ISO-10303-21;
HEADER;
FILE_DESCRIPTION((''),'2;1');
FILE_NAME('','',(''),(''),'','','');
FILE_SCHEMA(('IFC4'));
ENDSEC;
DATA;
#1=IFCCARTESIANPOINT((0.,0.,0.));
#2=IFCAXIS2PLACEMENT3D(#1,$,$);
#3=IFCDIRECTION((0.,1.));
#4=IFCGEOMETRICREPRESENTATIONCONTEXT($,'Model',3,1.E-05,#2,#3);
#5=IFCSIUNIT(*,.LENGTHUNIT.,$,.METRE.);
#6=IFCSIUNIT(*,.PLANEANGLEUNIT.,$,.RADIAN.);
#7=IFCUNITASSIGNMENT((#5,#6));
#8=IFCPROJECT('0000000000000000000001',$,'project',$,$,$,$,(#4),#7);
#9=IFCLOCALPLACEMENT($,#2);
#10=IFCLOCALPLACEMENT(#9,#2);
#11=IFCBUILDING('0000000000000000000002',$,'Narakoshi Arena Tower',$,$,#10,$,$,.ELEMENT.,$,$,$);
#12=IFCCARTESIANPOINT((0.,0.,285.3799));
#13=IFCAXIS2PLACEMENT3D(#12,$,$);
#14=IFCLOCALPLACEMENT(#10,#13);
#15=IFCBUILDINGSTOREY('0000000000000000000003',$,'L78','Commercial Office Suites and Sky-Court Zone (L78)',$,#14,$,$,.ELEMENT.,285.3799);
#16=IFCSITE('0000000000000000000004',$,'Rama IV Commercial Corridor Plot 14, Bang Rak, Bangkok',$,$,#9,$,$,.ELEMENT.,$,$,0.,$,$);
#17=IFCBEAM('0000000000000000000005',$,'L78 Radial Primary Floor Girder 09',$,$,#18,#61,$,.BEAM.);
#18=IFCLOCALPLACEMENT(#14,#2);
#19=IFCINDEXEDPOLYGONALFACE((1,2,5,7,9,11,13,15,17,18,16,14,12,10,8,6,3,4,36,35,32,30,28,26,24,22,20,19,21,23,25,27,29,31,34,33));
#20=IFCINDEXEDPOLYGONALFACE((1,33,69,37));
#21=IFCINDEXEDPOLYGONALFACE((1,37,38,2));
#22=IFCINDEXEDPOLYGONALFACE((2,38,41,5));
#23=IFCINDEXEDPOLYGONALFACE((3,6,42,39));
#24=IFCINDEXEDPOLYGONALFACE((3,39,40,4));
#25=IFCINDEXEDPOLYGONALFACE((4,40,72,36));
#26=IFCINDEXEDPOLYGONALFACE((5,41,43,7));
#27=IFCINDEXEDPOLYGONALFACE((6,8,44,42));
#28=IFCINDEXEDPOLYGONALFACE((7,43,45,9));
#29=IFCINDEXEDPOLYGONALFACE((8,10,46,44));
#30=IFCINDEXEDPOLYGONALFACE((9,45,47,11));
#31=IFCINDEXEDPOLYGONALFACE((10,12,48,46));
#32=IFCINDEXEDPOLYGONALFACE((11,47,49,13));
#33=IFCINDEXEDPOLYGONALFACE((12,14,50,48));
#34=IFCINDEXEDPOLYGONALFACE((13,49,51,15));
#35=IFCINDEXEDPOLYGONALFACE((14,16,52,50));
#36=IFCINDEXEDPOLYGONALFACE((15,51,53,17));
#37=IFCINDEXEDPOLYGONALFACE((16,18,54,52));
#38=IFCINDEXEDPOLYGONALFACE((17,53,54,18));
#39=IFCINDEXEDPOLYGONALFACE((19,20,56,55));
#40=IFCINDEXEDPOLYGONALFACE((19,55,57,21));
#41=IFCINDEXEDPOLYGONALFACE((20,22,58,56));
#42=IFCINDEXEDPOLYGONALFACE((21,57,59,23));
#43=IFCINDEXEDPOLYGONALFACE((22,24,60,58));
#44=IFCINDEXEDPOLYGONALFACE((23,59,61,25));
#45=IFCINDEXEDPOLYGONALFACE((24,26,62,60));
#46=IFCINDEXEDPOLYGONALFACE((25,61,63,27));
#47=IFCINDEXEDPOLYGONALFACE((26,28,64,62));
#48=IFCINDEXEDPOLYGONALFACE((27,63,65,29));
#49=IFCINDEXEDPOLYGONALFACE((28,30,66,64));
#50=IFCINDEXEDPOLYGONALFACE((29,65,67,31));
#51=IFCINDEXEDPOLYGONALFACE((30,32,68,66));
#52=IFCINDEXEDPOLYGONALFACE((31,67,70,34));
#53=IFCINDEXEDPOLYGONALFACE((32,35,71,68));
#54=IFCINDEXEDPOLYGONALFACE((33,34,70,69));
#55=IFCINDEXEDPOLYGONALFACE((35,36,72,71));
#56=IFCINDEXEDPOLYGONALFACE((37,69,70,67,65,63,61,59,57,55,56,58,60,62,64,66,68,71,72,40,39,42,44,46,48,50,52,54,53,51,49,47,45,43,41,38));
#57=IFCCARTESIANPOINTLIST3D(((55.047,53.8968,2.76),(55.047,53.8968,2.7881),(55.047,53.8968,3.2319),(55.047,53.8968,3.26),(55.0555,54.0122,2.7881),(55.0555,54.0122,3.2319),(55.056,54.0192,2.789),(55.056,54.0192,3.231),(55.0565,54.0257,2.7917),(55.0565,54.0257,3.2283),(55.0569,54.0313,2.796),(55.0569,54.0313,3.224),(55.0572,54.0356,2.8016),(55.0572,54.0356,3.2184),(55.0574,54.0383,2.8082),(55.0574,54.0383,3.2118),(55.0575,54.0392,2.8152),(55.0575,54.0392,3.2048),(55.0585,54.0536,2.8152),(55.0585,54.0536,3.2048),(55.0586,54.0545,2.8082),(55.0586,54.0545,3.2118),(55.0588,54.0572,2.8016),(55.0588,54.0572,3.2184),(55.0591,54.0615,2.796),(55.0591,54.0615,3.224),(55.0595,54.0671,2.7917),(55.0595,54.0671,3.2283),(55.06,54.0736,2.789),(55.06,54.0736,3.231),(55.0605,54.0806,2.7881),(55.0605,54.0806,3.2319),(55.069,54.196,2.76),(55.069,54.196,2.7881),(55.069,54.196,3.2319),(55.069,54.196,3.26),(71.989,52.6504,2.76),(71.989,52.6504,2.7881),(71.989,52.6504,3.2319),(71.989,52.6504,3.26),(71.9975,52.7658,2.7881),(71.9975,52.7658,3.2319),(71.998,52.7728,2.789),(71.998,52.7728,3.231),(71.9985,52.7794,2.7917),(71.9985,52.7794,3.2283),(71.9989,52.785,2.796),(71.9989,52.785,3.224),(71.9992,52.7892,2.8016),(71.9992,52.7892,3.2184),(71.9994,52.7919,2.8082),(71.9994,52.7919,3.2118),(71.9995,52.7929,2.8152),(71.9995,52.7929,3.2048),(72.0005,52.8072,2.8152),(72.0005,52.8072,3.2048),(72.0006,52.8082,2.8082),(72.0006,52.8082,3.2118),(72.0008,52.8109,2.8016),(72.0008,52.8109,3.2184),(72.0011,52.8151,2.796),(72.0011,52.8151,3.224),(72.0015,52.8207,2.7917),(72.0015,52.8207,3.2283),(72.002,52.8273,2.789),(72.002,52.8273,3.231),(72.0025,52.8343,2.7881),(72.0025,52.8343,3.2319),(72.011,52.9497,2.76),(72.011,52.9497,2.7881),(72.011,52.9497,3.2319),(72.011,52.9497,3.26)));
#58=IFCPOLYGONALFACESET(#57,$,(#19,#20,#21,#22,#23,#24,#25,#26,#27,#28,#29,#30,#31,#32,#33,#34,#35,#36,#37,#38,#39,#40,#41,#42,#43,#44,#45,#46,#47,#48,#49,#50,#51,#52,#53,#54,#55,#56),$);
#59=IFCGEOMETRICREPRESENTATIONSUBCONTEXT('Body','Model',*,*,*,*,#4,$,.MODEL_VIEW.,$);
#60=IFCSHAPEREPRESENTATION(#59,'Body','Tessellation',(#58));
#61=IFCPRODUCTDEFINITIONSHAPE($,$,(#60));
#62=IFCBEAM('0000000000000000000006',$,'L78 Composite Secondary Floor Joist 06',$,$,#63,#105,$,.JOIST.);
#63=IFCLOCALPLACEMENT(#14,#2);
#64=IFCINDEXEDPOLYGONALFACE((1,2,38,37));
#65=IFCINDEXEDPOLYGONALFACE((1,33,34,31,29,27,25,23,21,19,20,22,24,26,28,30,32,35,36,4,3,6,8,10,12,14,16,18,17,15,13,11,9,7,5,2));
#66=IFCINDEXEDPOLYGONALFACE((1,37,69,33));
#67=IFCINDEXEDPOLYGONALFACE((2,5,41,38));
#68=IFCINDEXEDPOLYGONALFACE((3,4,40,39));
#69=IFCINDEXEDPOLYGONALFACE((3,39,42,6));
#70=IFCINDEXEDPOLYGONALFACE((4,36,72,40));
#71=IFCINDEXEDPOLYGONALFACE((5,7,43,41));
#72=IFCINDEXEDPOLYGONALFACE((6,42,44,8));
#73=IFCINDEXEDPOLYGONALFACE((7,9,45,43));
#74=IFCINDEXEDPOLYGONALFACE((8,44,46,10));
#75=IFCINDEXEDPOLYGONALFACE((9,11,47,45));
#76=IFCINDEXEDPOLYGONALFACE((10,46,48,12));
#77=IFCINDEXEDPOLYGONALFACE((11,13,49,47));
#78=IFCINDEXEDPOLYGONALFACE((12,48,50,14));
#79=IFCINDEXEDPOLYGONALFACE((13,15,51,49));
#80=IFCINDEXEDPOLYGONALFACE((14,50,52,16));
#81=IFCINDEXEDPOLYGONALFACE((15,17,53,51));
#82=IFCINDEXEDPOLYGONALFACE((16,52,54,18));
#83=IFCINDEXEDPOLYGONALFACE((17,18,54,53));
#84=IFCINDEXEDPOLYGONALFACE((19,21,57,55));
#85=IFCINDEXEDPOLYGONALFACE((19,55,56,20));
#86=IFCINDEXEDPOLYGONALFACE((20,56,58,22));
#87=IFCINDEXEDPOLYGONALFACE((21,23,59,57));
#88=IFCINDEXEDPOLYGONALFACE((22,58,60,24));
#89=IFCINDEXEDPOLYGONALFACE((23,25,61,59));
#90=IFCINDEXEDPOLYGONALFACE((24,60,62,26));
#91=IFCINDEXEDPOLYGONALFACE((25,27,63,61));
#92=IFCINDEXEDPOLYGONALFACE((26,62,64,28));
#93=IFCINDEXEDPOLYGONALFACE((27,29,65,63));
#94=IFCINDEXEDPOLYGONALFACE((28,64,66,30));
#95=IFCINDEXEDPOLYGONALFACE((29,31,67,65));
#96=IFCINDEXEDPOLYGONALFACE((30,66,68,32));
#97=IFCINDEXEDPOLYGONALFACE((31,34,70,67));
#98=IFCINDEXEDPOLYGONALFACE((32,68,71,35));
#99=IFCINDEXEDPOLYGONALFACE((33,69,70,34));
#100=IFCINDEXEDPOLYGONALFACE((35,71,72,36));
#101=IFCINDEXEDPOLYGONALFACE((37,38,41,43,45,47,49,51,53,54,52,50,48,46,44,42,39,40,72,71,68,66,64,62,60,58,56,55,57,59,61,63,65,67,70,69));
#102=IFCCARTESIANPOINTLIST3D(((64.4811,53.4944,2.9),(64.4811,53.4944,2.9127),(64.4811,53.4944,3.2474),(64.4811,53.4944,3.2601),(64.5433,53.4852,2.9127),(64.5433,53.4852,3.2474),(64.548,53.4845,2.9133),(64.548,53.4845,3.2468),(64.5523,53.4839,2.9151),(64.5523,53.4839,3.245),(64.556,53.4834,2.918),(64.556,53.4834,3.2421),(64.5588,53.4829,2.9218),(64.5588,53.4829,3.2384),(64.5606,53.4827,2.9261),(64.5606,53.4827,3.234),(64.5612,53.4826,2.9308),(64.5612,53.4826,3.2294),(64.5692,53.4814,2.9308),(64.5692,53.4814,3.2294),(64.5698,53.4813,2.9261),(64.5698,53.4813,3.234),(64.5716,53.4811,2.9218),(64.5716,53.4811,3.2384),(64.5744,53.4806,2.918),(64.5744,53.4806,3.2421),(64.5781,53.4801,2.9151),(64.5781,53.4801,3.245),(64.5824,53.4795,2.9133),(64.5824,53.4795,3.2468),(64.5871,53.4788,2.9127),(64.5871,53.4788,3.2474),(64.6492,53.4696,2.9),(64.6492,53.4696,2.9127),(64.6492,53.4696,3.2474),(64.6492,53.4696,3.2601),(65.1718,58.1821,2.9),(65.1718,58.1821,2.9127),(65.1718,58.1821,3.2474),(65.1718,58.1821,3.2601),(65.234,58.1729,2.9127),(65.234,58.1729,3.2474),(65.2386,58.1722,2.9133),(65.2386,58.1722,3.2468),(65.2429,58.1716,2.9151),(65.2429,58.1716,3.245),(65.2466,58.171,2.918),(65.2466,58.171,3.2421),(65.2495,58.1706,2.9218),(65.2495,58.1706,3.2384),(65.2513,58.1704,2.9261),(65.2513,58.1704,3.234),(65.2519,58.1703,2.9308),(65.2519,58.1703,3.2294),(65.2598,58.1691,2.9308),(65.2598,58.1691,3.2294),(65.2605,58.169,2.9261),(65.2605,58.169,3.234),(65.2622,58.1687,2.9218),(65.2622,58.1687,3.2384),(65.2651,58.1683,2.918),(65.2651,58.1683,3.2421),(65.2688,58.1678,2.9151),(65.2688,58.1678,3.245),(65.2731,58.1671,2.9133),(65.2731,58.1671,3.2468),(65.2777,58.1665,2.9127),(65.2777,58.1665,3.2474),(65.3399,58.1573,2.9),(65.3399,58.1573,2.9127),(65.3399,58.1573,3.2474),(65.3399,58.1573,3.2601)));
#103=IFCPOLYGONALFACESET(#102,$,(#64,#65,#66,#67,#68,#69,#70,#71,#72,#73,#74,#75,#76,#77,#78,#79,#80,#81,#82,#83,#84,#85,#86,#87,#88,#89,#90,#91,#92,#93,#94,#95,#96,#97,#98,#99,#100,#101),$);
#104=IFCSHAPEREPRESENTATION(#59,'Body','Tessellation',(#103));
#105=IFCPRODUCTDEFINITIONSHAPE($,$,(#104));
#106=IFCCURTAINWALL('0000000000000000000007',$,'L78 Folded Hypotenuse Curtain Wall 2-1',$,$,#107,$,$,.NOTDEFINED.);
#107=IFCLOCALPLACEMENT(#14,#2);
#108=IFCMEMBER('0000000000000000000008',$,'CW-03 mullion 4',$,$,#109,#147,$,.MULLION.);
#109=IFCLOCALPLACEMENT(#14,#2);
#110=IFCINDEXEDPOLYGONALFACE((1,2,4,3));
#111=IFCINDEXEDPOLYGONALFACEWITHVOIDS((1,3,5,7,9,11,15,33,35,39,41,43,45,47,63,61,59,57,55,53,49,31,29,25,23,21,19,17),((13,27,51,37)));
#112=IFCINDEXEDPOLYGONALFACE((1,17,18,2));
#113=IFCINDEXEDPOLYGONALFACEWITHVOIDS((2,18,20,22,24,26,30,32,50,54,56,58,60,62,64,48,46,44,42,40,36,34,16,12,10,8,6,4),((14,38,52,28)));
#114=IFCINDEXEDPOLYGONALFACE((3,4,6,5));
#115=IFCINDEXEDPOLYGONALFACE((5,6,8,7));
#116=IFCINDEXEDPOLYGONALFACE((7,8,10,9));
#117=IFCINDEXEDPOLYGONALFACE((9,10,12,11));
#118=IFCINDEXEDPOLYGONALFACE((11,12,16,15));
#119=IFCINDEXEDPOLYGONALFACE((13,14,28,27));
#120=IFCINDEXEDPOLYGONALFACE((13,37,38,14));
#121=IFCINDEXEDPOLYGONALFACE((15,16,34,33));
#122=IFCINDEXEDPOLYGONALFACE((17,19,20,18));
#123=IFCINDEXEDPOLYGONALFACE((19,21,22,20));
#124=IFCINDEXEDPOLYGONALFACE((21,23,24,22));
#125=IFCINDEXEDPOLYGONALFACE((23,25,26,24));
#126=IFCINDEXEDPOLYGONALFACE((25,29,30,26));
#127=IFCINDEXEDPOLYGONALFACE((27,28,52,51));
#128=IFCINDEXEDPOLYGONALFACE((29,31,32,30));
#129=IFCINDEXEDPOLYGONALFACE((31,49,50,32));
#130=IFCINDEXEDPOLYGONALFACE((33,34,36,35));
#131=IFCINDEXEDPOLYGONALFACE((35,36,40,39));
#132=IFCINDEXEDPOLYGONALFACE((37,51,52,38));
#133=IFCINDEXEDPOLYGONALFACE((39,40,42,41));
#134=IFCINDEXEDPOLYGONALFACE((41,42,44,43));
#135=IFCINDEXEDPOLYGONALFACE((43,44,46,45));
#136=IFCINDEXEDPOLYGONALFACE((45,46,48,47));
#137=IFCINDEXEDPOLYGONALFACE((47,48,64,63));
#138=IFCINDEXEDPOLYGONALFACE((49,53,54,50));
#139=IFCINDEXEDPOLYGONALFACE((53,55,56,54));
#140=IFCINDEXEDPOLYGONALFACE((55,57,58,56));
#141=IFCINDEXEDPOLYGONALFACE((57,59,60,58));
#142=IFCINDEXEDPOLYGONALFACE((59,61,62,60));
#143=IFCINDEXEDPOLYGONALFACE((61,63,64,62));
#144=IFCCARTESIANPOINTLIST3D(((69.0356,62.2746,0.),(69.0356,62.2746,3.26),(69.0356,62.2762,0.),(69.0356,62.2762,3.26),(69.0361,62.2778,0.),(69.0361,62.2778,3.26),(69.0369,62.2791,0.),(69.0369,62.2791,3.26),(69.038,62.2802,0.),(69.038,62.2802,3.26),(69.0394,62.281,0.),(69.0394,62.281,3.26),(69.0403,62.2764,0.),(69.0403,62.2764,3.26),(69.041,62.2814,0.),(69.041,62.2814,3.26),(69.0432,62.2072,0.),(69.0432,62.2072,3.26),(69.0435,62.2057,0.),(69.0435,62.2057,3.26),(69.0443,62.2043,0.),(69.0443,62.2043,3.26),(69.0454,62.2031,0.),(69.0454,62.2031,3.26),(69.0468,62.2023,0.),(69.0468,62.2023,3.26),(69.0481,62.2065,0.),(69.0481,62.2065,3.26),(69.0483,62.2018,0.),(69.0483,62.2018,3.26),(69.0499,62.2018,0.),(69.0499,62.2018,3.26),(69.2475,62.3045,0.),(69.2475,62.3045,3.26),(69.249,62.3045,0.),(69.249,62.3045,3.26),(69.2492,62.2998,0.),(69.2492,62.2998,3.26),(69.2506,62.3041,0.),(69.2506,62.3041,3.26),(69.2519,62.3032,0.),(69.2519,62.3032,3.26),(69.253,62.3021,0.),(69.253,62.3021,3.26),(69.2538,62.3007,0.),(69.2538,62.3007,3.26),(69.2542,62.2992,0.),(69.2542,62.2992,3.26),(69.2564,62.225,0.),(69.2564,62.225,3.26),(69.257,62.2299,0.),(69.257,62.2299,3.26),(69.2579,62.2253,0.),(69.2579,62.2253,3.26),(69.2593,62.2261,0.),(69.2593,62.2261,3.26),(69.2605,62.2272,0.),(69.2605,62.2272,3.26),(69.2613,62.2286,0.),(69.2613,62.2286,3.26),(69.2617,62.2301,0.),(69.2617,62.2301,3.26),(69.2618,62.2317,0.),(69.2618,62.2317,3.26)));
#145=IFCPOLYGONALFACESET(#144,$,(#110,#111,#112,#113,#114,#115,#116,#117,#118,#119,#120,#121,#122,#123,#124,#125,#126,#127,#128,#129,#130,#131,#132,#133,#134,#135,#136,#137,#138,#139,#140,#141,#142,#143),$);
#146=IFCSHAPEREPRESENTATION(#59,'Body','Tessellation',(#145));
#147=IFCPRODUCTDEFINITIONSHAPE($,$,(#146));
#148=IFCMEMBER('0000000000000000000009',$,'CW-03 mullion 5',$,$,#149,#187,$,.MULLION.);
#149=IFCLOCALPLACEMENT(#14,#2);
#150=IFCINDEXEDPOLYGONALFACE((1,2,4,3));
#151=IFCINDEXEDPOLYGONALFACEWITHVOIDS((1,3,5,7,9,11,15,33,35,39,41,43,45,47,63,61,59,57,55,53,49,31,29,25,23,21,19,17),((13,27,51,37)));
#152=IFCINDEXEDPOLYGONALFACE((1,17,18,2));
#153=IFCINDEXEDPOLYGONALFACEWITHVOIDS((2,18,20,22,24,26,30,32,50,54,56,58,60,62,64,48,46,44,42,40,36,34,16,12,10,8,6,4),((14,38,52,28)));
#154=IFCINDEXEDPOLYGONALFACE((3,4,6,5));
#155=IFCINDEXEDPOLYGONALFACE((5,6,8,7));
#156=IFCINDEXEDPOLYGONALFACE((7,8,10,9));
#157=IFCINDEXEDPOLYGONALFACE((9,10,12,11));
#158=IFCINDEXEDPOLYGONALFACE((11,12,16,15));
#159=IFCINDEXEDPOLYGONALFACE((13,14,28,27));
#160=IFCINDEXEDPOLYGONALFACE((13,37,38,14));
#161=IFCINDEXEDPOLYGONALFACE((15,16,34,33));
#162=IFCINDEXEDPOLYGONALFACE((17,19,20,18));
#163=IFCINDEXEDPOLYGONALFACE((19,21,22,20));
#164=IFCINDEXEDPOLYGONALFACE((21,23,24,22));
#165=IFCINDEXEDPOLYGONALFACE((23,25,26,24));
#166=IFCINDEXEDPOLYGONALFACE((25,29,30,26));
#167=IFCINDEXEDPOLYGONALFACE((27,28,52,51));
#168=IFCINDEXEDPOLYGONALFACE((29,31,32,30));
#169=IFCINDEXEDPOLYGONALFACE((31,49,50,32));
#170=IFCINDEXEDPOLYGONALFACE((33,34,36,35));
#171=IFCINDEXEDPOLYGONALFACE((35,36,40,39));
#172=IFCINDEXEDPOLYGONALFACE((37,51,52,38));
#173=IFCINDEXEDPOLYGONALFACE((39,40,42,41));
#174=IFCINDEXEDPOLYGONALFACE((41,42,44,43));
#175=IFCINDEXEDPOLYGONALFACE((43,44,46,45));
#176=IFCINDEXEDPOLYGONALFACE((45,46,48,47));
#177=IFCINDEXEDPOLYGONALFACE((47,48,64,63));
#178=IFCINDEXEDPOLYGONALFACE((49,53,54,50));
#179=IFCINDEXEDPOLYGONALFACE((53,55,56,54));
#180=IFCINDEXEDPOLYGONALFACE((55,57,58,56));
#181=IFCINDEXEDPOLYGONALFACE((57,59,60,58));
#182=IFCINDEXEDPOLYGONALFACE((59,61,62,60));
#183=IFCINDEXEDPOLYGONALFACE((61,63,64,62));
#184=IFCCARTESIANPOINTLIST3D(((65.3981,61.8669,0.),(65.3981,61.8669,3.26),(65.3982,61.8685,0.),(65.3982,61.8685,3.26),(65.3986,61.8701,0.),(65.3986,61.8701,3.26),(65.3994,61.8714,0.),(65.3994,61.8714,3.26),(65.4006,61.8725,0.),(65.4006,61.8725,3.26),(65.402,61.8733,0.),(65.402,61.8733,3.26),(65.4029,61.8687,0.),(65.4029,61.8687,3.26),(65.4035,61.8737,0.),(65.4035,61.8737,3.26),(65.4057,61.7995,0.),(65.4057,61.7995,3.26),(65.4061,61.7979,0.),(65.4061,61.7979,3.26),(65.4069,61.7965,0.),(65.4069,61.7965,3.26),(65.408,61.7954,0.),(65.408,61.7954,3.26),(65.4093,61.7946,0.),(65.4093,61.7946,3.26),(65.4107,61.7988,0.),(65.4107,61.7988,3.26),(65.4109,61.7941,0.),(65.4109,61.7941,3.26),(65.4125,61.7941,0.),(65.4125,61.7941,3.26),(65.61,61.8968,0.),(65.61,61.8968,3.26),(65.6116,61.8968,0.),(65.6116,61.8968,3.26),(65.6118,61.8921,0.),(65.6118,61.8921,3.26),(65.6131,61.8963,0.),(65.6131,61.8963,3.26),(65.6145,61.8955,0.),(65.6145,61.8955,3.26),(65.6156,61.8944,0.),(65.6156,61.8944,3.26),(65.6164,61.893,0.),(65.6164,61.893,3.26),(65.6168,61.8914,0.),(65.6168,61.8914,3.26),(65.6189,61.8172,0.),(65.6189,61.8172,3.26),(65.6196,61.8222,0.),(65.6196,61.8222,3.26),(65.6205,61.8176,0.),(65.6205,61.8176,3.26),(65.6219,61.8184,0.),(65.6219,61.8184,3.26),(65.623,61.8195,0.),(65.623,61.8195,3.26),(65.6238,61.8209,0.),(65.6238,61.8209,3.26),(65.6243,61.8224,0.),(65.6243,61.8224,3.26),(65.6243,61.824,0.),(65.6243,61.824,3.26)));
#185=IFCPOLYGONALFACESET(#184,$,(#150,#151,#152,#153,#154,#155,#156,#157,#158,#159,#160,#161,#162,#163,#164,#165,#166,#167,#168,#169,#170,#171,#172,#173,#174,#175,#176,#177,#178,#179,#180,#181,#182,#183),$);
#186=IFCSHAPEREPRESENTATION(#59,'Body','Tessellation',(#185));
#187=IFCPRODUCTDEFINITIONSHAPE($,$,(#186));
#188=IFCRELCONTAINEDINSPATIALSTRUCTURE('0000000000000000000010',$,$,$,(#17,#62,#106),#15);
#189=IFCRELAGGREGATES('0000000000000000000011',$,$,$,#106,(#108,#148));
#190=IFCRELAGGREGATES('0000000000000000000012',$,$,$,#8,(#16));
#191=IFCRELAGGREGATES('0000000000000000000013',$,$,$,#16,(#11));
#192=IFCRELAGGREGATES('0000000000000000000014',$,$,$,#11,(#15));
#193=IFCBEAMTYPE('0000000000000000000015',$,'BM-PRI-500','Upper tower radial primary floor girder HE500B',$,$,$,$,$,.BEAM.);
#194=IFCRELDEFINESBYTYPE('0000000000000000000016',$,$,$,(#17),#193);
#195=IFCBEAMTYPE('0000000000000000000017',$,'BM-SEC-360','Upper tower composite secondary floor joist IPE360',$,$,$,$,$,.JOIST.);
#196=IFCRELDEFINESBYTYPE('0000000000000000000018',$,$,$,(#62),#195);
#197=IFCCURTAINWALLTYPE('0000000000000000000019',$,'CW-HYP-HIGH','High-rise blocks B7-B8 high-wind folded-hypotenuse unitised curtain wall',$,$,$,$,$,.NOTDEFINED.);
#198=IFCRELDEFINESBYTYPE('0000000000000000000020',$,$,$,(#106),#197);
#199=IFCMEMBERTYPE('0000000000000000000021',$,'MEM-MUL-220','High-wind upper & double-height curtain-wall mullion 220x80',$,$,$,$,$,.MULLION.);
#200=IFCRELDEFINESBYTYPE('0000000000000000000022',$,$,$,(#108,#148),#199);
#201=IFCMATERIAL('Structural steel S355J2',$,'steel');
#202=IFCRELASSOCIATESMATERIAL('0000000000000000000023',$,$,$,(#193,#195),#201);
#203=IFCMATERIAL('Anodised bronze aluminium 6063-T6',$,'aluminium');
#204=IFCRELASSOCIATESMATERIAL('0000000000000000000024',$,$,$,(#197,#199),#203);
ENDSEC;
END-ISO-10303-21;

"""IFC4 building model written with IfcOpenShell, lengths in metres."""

from ifc_helpers import new_model, si_unit, direction, frame, origin, origin_2d, place, context, subcontext, project, spatial, hollow_rectangle, i_section, extrude, material, material_profile, profile_set, type_object, element, aggregate, save


model = new_model("IFC4")

# Units and contexts
model_context = context("Model", 3, precision=1e-05, world=origin(), true_north=direction((0.0, 1.0)))
body_context = subcontext(model_context, "Body", "Model", "MODEL_VIEW")
ifc_project = project(units=[si_unit("LENGTHUNIT", "METRE"), si_unit("PLANEANGLEUNIT", "RADIAN")], contexts=[model_context])

# Site, building, storey
site_placement = place(None, origin())
site = spatial("IfcSite", under=ifc_project, at=site_placement, Name="Rama IV Commercial Corridor Plot 14, Bang Rak, Bangkok", CompositionType="ELEMENT", RefElevation=0.0)
building_placement = place(site_placement, origin())
building = spatial("IfcBuilding", under=site, at=building_placement, Name="Narakoshi Arena Tower", CompositionType="ELEMENT")
storey_placement = place(building_placement, frame((0.0, 0.0, 285.3799)))
storey = spatial("IfcBuildingStorey", under=building, at=storey_placement, Name="L78", Description="Commercial Office Suites and Sky-Court Zone (L78)", CompositionType="ELEMENT", Elevation=285.3799)

# Beams
ifc_material_1 = material(Name="Structural steel S355J2", Category="steel")
ifc_material_profile_1 = material_profile(ifc_material_1, i_section(OverallWidth=0.3, OverallDepth=0.5, WebThickness=0.0144, FlangeThickness=0.0281, FilletRadius=0.0271, at=origin_2d()), Name="HE500B")
ifc_profile_set_1 = profile_set([ifc_material_profile_1], Name="Structural steel S355J2")
beam_type_1 = type_object("IfcBeamType", Name="BM-PRI-500", Description="Upper tower radial primary floor girder HE500B", PredefinedType="BEAM", material=ifc_profile_set_1)
beam_1_placement = place(storey_placement, frame((72.0, 52.8, 3.01), z_axis=(-0.997305, 0.073367, 0.0), x_axis=(-0.073367, -0.997305, 0.0)))
element("IfcBeam", 1, at=beam_1_placement, inside=storey, type_object=beam_type_1, Name="L78 Radial Primary Floor Girder 09", PredefinedType="BEAM", context=body_context, shape_type="SweptSolid", body=[
    extrude(i_section(OverallWidth=0.3, OverallDepth=0.5, WebThickness=0.0144, FlangeThickness=0.0281, FilletRadius=0.0271, at=origin_2d()), origin(), (0.0, 0.0, 1.0), 16.9878),
])
ifc_material_profile_2 = material_profile(ifc_material_1, i_section(OverallWidth=0.1699, OverallDepth=0.3601, WebThickness=0.0081, FlangeThickness=0.0127, FilletRadius=0.0181, at=origin_2d()), Name="IPE360")
ifc_profile_set_2 = profile_set([ifc_material_profile_2], Name="Structural steel S355J2")
beam_type_2 = type_object("IfcBeamType", Name="BM-SEC-360", Description="Upper tower composite secondary floor joist IPE360", PredefinedType="JOIST", material=ifc_profile_set_2)
beam_2_placement = place(storey_placement, frame((65.2559, 58.1697, 3.0801), z_axis=(-0.145762, -0.98932, 0.0), x_axis=(0.98932, -0.145762, 0.0)))
element("IfcBeam", 2, at=beam_2_placement, inside=storey, type_object=beam_type_2, Name="L78 Composite Secondary Floor Joist 06", PredefinedType="JOIST", context=body_context, shape_type="SweptSolid", body=[
    extrude(i_section(OverallWidth=0.1699, OverallDepth=0.3601, WebThickness=0.0081, FlangeThickness=0.0127, FilletRadius=0.0181, at=origin_2d()), origin(), (0.0, 0.0, 1.0), 4.7383),
])

# Curtain wall, members
ifc_material_2 = material(Name="Anodised bronze aluminium 6063-T6", Category="aluminium")
curtain_wall_type = type_object("IfcCurtainWallType", Name="CW-HYP-HIGH", Description="High-rise blocks B7-B8 high-wind folded-hypotenuse unitised curtain wall", PredefinedType="NOTDEFINED", material=ifc_material_2)
curtain_wall_placement = place(storey_placement, origin())
curtain_wall = element("IfcCurtainWall", 3, at=curtain_wall_placement, inside=storey, type_object=curtain_wall_type, Name="L78 Folded Hypotenuse Curtain Wall 2-1", PredefinedType="NOTDEFINED")
ifc_material_profile_3 = material_profile(ifc_material_2, hollow_rectangle(XDim=0.0801, YDim=0.22, WallThickness=0.0049, OuterFilletRadius=0.0061, at=origin_2d()), Name="MUL220x80x5")
ifc_profile_set_3 = profile_set([ifc_material_profile_3], Name="Anodised bronze aluminium 6063-T6")
member_type_1 = type_object("IfcMemberType", Name="MEM-MUL-220", Description="High-wind upper & double-height curtain-wall mullion 220x80", PredefinedType="MULLION", material=ifc_profile_set_3)
member_1_placement = place(storey_placement, frame((69.1487, 62.2532, 0.0), z_axis=(0.0, 0.0, 1.0), x_axis=(0.111396, -0.993776, 0.0)))
member_1 = element("IfcMember", 4, at=member_1_placement, type_object=member_type_1, Name="CW-03 mullion 4", PredefinedType="MULLION", context=body_context, shape_type="SweptSolid", body=[
    extrude(hollow_rectangle(XDim=0.0801, YDim=0.22, WallThickness=0.0049, OuterFilletRadius=0.0061, at=origin_2d()), origin(), (0.0, 0.0, 1.0), 3.26),
])
member_2_placement = place(storey_placement, frame((65.5112, 61.8455, 0.0), z_axis=(0.0, 0.0, 1.0), x_axis=(0.111396, -0.993776, 0.0)))
member_2 = element("IfcMember", 5, at=member_2_placement, type_object=member_type_1, Name="CW-03 mullion 5", PredefinedType="MULLION", context=body_context, shape_type="SweptSolid", body=[
    extrude(hollow_rectangle(XDim=0.0801, YDim=0.22, WallThickness=0.0049, OuterFilletRadius=0.0061, at=origin_2d()), origin(), (0.0, 0.0, 1.0), 3.26),
])
aggregate(curtain_wall, [member_1, member_2])

save(model, "model.ifc")
